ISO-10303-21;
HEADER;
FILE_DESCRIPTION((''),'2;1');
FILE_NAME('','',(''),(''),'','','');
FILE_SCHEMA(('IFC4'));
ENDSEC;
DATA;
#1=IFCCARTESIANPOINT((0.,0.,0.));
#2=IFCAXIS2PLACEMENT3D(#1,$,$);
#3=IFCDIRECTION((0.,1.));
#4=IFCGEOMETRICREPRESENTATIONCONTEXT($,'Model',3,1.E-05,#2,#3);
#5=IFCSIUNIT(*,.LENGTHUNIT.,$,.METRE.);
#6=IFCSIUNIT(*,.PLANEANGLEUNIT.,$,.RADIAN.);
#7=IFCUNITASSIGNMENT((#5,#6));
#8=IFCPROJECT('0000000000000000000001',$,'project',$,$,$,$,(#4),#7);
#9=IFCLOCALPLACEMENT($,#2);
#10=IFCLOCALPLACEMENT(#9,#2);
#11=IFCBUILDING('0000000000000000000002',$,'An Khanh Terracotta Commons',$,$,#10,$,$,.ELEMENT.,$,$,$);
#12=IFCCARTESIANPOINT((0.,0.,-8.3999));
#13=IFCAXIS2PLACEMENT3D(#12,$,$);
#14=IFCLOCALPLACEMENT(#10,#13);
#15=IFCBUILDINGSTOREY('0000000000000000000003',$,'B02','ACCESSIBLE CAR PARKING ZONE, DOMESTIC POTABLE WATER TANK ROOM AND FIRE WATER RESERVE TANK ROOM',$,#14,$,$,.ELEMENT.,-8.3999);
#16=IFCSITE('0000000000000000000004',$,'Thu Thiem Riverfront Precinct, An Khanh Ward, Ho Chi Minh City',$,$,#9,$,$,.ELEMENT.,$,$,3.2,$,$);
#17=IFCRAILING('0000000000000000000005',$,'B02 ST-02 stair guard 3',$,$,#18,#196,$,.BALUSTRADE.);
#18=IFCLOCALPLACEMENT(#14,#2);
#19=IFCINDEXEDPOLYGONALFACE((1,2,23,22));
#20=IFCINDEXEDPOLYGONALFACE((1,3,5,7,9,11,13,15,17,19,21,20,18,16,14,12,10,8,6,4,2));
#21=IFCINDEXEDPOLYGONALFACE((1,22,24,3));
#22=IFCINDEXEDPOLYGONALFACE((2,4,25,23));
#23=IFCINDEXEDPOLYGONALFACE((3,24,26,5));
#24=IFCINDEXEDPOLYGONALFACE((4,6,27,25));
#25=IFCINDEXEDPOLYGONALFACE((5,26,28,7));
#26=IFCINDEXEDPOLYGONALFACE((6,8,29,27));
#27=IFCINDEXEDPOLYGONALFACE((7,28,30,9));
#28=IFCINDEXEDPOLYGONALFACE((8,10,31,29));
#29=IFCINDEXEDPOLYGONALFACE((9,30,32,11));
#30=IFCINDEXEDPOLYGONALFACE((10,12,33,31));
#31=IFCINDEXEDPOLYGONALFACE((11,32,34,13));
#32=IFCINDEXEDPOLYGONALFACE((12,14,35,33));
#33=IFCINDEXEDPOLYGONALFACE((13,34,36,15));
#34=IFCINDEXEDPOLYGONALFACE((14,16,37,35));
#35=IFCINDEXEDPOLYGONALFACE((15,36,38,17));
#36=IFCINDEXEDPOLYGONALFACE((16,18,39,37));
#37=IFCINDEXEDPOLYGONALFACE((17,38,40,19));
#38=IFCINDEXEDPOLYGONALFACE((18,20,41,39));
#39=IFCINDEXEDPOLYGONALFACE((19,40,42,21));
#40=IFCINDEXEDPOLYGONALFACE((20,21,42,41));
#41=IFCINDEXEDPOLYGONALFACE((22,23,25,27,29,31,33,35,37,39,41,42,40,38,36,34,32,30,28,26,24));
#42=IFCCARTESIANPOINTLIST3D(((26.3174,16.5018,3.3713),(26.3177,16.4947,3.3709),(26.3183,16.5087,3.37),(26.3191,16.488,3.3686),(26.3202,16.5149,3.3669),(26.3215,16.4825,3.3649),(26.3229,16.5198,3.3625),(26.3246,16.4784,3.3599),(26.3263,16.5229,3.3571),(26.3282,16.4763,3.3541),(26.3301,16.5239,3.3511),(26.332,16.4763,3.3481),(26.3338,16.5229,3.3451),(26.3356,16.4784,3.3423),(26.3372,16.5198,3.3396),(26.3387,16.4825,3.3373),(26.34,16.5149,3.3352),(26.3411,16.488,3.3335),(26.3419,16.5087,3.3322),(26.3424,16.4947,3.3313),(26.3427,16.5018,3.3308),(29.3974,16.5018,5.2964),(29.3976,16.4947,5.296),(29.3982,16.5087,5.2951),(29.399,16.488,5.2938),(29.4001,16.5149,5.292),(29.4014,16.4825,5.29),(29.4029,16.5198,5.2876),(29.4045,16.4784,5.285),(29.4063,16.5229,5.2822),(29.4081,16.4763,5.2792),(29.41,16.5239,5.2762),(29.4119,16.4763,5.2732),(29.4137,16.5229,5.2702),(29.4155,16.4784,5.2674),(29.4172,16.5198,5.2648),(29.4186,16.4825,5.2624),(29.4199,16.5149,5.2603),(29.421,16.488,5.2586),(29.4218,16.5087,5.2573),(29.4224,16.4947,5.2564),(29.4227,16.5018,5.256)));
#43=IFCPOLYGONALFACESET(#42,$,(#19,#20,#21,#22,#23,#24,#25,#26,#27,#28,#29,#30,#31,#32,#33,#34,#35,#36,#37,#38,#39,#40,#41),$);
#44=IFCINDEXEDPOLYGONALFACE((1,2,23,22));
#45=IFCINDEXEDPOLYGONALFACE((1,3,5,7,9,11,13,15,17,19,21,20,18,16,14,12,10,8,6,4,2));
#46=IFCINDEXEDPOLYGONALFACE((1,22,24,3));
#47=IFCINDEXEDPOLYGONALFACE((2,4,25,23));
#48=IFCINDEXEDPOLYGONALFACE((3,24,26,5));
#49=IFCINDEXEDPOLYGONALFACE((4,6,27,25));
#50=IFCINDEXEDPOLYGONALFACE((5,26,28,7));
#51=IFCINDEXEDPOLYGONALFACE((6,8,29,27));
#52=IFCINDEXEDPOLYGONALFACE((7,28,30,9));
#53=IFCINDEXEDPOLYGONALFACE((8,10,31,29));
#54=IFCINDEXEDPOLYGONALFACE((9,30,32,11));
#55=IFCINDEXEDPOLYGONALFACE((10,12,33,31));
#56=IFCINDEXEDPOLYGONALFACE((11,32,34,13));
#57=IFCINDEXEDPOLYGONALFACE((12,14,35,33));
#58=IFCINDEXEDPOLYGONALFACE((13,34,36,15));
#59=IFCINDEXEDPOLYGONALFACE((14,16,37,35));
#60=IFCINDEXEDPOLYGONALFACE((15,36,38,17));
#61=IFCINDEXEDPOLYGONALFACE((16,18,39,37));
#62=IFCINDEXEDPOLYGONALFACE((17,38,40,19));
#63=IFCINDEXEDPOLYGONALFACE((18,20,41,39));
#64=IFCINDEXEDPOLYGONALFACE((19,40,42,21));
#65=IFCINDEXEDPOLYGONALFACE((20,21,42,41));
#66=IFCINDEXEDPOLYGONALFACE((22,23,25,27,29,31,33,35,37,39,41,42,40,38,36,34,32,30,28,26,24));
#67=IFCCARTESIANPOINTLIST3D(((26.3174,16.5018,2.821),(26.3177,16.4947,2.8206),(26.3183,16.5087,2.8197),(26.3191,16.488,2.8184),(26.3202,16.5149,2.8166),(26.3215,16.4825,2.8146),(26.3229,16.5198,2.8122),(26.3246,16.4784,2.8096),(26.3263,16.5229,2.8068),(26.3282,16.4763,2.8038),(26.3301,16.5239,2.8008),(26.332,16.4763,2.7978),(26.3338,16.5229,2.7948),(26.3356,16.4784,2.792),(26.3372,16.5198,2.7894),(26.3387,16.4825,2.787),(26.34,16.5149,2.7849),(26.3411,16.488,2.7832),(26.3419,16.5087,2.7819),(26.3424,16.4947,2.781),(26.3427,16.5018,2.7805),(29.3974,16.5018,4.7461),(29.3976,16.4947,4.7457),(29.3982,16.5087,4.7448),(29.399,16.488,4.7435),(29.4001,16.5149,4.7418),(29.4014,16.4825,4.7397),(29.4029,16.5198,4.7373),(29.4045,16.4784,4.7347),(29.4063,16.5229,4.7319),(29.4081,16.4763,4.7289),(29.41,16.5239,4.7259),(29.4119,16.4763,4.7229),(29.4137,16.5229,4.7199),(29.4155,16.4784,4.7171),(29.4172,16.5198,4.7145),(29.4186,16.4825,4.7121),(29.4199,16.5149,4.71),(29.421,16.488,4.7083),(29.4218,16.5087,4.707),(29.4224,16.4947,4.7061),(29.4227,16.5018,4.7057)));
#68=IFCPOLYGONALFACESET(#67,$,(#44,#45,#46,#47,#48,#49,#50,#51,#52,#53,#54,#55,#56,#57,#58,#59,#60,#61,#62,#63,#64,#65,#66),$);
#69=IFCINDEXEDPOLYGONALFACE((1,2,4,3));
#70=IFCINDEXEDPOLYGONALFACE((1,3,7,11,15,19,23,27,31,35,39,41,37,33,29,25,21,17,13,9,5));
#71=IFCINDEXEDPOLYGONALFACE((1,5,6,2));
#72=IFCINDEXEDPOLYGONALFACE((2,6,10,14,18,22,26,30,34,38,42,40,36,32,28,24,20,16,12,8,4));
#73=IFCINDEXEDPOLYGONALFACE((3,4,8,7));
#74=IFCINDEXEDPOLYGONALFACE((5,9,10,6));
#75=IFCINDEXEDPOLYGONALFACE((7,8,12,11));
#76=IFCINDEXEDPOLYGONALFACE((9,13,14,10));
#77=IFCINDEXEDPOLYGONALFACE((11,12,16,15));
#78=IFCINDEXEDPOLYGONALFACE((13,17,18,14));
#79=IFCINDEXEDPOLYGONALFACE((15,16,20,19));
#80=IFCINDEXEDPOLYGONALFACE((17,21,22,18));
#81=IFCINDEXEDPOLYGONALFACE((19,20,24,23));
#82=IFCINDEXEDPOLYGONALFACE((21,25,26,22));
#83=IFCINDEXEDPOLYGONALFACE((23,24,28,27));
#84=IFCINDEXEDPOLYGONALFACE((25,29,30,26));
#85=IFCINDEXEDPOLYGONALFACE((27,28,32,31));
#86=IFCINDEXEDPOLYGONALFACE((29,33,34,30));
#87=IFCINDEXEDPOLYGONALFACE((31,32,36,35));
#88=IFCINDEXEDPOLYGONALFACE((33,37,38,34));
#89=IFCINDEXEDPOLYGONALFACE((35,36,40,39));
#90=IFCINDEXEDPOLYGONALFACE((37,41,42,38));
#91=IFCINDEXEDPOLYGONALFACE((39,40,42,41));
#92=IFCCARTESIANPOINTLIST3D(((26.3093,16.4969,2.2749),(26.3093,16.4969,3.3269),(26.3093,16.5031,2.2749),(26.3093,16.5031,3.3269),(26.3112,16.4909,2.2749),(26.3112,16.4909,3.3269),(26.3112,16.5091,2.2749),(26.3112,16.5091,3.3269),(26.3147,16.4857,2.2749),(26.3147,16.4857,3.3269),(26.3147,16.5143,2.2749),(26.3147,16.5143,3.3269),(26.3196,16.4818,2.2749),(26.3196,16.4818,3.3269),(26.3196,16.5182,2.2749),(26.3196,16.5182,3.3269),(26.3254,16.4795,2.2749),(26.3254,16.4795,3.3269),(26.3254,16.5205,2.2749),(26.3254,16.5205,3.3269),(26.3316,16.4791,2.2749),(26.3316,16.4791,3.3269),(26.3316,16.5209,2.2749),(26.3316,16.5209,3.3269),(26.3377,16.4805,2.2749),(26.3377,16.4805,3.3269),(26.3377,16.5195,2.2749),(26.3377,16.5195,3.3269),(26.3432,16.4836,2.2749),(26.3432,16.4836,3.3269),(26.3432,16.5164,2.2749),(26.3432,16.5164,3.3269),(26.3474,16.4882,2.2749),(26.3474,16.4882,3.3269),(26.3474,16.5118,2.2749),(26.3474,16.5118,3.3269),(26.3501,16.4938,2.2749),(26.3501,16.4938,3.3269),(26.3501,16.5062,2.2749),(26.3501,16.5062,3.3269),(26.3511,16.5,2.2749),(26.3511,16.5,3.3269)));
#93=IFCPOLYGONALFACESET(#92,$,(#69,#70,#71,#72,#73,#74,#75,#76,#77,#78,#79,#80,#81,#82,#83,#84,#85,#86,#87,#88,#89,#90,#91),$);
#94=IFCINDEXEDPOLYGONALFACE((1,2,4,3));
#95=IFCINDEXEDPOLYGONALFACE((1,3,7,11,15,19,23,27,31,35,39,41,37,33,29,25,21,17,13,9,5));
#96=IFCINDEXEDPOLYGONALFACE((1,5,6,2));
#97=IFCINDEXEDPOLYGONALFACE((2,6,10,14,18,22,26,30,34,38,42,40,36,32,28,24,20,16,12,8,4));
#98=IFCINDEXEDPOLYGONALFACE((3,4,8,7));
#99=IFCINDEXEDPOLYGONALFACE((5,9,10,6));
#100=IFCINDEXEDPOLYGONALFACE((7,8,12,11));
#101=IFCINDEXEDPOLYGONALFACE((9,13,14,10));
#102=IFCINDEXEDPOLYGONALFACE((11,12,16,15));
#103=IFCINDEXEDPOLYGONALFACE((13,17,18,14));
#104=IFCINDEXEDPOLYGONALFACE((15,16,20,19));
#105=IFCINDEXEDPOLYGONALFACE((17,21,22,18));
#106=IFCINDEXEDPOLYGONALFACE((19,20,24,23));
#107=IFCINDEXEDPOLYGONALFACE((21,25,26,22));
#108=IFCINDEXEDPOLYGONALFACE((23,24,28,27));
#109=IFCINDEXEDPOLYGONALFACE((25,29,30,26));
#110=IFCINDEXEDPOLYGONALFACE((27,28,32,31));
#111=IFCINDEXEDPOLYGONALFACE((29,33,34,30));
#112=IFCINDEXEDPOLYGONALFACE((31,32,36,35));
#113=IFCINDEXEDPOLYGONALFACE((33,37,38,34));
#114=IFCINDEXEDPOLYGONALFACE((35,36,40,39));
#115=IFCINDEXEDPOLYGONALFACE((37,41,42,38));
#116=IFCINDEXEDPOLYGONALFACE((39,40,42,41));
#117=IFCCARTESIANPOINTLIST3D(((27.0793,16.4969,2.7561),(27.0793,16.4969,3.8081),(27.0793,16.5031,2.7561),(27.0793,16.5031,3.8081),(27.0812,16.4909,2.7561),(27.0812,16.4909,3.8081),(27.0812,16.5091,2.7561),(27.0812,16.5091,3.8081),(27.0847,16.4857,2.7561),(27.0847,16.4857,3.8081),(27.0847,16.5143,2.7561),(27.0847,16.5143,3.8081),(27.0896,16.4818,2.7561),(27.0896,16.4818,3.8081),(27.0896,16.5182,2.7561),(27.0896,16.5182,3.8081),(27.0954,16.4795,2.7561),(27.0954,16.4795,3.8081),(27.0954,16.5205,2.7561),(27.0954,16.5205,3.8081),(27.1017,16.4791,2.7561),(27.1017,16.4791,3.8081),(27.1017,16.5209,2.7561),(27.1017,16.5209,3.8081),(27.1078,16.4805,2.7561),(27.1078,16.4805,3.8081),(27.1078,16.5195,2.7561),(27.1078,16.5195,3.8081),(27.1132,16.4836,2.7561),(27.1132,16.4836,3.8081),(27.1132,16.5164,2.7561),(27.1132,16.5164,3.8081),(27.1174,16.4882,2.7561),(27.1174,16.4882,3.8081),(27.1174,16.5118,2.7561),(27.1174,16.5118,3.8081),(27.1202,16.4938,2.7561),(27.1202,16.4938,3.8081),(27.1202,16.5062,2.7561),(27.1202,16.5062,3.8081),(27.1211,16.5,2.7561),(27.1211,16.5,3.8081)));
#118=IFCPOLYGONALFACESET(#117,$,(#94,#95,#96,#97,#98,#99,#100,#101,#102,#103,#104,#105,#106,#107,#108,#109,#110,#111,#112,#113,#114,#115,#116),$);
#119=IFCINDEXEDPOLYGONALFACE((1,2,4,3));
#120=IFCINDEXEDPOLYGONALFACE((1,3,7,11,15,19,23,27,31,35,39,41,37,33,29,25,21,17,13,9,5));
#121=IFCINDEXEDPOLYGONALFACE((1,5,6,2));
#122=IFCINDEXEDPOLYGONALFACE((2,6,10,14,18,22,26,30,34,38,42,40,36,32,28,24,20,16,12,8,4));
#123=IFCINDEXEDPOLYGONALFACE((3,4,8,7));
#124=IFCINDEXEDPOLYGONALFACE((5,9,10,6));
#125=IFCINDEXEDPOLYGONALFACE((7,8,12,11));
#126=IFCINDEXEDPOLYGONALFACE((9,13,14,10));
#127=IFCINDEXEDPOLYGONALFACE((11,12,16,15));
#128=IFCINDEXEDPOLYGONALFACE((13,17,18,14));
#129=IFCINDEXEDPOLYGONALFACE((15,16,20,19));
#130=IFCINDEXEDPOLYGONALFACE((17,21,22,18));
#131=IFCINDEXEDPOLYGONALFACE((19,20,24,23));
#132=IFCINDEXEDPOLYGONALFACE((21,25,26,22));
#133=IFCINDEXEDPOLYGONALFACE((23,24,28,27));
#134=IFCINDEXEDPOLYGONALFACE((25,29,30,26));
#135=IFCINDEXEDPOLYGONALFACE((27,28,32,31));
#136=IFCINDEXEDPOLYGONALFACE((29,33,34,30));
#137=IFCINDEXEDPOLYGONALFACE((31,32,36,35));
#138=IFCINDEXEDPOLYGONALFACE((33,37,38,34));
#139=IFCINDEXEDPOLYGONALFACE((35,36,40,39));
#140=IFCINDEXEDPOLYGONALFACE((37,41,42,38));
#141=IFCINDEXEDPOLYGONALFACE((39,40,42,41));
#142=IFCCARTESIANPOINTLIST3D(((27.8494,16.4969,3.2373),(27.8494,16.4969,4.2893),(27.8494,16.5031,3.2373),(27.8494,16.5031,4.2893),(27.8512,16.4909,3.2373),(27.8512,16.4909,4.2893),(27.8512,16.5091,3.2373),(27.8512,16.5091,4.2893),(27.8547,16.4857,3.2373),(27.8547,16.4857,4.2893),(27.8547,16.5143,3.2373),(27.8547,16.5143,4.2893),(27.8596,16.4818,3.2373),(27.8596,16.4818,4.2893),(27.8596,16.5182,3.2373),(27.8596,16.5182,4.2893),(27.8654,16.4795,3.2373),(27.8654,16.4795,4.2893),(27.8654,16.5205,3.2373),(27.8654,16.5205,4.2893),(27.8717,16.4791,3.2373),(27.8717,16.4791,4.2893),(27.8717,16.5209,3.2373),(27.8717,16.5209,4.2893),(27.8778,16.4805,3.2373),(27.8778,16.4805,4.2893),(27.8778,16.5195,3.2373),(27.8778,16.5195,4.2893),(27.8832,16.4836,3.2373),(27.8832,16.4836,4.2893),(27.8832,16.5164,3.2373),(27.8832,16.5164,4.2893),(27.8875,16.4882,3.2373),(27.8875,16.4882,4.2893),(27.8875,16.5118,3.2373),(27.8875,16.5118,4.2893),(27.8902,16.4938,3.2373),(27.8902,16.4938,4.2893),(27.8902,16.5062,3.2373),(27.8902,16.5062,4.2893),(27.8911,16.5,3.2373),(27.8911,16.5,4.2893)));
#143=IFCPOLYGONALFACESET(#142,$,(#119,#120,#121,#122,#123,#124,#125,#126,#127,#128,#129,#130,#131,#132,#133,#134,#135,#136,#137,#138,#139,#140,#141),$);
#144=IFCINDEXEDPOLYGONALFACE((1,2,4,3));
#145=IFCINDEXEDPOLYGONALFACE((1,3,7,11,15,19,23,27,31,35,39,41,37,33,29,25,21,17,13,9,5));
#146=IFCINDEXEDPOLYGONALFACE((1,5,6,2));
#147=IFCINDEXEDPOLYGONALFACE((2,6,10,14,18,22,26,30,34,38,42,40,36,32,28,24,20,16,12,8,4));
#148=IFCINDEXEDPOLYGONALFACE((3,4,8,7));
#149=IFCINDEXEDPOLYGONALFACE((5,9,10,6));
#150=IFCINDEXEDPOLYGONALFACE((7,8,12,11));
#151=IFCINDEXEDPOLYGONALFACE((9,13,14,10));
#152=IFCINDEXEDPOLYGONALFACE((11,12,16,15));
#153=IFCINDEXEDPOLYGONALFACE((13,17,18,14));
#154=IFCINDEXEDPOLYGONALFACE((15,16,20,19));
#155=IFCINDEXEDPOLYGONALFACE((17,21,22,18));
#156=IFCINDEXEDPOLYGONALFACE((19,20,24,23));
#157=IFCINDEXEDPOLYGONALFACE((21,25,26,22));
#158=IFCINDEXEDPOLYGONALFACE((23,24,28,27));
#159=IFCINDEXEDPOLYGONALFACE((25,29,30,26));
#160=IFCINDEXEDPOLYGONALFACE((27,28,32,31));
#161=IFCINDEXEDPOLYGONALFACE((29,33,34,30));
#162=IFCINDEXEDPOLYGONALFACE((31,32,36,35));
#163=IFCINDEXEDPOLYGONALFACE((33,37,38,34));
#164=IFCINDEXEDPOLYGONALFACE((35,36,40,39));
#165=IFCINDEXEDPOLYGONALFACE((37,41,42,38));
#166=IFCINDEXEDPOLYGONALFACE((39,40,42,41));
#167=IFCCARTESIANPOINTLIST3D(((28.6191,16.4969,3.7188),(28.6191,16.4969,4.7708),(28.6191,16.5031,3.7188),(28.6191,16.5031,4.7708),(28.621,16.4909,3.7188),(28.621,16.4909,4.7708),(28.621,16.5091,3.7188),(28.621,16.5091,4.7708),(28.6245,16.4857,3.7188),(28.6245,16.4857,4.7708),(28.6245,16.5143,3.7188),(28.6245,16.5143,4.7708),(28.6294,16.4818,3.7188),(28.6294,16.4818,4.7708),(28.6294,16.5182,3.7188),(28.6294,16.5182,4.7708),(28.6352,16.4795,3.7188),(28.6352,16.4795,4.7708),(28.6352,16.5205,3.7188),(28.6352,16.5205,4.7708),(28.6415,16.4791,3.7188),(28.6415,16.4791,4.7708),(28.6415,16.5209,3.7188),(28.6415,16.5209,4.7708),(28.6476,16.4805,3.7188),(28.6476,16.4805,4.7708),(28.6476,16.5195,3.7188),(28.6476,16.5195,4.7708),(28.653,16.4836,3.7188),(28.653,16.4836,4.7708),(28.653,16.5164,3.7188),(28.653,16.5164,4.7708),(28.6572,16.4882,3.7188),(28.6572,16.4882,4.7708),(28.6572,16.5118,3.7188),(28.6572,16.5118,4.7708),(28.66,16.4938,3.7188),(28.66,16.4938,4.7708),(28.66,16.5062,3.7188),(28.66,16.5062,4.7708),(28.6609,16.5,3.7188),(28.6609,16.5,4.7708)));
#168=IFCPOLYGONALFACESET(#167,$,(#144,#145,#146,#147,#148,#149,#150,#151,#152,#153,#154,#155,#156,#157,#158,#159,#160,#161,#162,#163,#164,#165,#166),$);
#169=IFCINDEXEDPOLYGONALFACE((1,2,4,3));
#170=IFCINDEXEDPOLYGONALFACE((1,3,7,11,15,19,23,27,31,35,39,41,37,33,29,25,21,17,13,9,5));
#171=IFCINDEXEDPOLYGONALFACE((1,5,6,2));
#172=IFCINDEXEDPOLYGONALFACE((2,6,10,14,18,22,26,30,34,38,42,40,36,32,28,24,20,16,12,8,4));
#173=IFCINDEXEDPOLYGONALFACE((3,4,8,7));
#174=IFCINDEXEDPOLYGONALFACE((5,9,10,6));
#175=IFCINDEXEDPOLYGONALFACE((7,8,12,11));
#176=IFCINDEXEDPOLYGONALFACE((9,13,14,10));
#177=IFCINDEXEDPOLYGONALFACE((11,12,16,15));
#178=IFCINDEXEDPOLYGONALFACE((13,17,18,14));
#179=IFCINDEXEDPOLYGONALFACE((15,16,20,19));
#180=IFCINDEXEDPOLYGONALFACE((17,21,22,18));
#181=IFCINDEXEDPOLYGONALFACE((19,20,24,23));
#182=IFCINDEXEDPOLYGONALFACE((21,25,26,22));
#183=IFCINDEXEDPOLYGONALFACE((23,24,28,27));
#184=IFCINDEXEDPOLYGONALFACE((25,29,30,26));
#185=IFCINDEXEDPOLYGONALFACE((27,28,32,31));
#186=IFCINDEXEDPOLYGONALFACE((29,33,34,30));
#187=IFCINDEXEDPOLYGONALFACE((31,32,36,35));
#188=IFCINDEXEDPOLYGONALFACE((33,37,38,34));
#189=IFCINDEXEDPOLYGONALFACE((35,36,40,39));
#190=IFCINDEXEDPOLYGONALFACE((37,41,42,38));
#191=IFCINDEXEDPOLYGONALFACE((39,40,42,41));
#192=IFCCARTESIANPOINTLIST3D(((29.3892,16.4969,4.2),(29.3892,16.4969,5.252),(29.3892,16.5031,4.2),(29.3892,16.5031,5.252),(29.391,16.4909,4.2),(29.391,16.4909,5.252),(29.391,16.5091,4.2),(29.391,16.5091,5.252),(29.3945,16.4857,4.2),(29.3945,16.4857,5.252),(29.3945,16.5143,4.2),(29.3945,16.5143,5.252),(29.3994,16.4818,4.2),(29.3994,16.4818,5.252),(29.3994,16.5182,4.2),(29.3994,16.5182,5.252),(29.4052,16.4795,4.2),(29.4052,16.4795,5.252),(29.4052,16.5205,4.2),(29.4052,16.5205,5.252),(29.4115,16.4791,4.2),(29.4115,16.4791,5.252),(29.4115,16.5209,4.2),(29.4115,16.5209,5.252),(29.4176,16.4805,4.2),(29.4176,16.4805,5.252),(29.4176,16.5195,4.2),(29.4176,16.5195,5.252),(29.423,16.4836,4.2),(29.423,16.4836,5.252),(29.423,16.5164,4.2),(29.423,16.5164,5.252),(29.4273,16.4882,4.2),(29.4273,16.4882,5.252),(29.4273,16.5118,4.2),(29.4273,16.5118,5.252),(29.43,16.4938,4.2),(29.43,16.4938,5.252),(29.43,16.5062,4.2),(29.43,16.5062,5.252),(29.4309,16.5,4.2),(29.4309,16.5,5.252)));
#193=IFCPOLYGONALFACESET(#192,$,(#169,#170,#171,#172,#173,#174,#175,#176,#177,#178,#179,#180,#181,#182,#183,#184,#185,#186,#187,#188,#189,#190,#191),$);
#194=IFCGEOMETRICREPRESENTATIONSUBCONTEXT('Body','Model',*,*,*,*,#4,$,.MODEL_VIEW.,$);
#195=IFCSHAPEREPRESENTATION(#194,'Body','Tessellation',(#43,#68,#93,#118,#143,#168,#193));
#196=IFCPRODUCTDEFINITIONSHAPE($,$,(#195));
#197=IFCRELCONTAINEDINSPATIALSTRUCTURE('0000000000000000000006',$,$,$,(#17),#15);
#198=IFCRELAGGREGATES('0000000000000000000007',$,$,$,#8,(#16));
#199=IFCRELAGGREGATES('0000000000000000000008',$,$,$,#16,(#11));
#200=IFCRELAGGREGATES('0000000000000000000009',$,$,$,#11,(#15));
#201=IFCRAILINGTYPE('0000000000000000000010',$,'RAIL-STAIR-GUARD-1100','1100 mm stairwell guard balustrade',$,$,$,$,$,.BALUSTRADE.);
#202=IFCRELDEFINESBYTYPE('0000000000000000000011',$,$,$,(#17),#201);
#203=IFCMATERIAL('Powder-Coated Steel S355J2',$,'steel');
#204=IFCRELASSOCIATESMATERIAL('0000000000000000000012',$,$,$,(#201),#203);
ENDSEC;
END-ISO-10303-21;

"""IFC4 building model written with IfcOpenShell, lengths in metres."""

from ifc_helpers import new_model, si_unit, direction, frame, origin, origin_2d, place, context, subcontext, project, spatial, circle, extrude, material, type_object, element, save


model = new_model("IFC4")

# Units and contexts
model_context = context("Model", 3, precision=1e-05, world=origin(), true_north=direction((0.0, 1.0)))
body_context = subcontext(model_context, "Body", "Model", "MODEL_VIEW")
ifc_project = project(units=[si_unit("LENGTHUNIT", "METRE"), si_unit("PLANEANGLEUNIT", "RADIAN")], contexts=[model_context])

# Site, building, storey
site_placement = place(None, origin())
site = spatial("IfcSite", under=ifc_project, at=site_placement, Name="Thu Thiem Riverfront Precinct, An Khanh Ward, Ho Chi Minh City", CompositionType="ELEMENT", RefElevation=3.2)
building_placement = place(site_placement, origin())
building = spatial("IfcBuilding", under=site, at=building_placement, Name="An Khanh Terracotta Commons", CompositionType="ELEMENT")
storey_placement = place(building_placement, frame((0.0, 0.0, -8.3999)))
storey = spatial("IfcBuildingStorey", under=building, at=storey_placement, Name="B02", Description="ACCESSIBLE CAR PARKING ZONE, DOMESTIC POTABLE WATER TANK ROOM AND FIRE WATER RESERVE TANK ROOM", CompositionType="ELEMENT", Elevation=-8.3999)

# Railing
ifc_material_1 = material(Name="Powder-Coated Steel S355J2", Category="steel")
railing_type_1 = type_object("IfcRailingType", Name="RAIL-STAIR-GUARD-1100", Description="1100 mm stairwell guard balustrade", PredefinedType="BALUSTRADE", material=ifc_material_1)
railing_1_placement = place(storey_placement, frame((26.3301, 16.5, 2.2749)))
element("IfcRailing", 1, at=railing_1_placement, inside=storey, type_object=railing_type_1, Name="B02 ST-02 stair guard 3", PredefinedType="BALUSTRADE", context=body_context, shape_type="SweptSolid", body=[
    extrude(circle(Radius=0.0239, at=origin_2d()), frame((0.0, 0.0, 1.0762), z_axis=(0.847979, 0.0, 0.530029), x_axis=(0.0, 1.0, 0.0)), (0.0, 0.0, 1.0), 3.6321),
    extrude(circle(Radius=0.0239, at=origin_2d()), frame((0.0, 0.0, 0.5259), z_axis=(0.847979, 0.0, 0.530029), x_axis=(0.0, 1.0, 0.0)), (0.0, 0.0, 1.0), 3.6321),
    extrude(circle(Radius=0.021, at=origin_2d()), origin(), (0.0, 0.0, 1.0), 1.052),
    extrude(circle(Radius=0.021, at=origin_2d()), frame((0.77, 0.0, 0.4812)), (0.0, 0.0, 1.0), 1.052),
    extrude(circle(Radius=0.021, at=origin_2d()), frame((1.54, 0.0, 0.9624)), (0.0, 0.0, 1.0), 1.052),
    extrude(circle(Radius=0.021, at=origin_2d()), frame((2.3098, 0.0, 1.4438)), (0.0, 0.0, 1.0), 1.052),
    extrude(circle(Radius=0.021, at=origin_2d()), frame((3.0798, 0.0, 1.925)), (0.0, 0.0, 1.0), 1.052),
])

save(model, "model.ifc")
